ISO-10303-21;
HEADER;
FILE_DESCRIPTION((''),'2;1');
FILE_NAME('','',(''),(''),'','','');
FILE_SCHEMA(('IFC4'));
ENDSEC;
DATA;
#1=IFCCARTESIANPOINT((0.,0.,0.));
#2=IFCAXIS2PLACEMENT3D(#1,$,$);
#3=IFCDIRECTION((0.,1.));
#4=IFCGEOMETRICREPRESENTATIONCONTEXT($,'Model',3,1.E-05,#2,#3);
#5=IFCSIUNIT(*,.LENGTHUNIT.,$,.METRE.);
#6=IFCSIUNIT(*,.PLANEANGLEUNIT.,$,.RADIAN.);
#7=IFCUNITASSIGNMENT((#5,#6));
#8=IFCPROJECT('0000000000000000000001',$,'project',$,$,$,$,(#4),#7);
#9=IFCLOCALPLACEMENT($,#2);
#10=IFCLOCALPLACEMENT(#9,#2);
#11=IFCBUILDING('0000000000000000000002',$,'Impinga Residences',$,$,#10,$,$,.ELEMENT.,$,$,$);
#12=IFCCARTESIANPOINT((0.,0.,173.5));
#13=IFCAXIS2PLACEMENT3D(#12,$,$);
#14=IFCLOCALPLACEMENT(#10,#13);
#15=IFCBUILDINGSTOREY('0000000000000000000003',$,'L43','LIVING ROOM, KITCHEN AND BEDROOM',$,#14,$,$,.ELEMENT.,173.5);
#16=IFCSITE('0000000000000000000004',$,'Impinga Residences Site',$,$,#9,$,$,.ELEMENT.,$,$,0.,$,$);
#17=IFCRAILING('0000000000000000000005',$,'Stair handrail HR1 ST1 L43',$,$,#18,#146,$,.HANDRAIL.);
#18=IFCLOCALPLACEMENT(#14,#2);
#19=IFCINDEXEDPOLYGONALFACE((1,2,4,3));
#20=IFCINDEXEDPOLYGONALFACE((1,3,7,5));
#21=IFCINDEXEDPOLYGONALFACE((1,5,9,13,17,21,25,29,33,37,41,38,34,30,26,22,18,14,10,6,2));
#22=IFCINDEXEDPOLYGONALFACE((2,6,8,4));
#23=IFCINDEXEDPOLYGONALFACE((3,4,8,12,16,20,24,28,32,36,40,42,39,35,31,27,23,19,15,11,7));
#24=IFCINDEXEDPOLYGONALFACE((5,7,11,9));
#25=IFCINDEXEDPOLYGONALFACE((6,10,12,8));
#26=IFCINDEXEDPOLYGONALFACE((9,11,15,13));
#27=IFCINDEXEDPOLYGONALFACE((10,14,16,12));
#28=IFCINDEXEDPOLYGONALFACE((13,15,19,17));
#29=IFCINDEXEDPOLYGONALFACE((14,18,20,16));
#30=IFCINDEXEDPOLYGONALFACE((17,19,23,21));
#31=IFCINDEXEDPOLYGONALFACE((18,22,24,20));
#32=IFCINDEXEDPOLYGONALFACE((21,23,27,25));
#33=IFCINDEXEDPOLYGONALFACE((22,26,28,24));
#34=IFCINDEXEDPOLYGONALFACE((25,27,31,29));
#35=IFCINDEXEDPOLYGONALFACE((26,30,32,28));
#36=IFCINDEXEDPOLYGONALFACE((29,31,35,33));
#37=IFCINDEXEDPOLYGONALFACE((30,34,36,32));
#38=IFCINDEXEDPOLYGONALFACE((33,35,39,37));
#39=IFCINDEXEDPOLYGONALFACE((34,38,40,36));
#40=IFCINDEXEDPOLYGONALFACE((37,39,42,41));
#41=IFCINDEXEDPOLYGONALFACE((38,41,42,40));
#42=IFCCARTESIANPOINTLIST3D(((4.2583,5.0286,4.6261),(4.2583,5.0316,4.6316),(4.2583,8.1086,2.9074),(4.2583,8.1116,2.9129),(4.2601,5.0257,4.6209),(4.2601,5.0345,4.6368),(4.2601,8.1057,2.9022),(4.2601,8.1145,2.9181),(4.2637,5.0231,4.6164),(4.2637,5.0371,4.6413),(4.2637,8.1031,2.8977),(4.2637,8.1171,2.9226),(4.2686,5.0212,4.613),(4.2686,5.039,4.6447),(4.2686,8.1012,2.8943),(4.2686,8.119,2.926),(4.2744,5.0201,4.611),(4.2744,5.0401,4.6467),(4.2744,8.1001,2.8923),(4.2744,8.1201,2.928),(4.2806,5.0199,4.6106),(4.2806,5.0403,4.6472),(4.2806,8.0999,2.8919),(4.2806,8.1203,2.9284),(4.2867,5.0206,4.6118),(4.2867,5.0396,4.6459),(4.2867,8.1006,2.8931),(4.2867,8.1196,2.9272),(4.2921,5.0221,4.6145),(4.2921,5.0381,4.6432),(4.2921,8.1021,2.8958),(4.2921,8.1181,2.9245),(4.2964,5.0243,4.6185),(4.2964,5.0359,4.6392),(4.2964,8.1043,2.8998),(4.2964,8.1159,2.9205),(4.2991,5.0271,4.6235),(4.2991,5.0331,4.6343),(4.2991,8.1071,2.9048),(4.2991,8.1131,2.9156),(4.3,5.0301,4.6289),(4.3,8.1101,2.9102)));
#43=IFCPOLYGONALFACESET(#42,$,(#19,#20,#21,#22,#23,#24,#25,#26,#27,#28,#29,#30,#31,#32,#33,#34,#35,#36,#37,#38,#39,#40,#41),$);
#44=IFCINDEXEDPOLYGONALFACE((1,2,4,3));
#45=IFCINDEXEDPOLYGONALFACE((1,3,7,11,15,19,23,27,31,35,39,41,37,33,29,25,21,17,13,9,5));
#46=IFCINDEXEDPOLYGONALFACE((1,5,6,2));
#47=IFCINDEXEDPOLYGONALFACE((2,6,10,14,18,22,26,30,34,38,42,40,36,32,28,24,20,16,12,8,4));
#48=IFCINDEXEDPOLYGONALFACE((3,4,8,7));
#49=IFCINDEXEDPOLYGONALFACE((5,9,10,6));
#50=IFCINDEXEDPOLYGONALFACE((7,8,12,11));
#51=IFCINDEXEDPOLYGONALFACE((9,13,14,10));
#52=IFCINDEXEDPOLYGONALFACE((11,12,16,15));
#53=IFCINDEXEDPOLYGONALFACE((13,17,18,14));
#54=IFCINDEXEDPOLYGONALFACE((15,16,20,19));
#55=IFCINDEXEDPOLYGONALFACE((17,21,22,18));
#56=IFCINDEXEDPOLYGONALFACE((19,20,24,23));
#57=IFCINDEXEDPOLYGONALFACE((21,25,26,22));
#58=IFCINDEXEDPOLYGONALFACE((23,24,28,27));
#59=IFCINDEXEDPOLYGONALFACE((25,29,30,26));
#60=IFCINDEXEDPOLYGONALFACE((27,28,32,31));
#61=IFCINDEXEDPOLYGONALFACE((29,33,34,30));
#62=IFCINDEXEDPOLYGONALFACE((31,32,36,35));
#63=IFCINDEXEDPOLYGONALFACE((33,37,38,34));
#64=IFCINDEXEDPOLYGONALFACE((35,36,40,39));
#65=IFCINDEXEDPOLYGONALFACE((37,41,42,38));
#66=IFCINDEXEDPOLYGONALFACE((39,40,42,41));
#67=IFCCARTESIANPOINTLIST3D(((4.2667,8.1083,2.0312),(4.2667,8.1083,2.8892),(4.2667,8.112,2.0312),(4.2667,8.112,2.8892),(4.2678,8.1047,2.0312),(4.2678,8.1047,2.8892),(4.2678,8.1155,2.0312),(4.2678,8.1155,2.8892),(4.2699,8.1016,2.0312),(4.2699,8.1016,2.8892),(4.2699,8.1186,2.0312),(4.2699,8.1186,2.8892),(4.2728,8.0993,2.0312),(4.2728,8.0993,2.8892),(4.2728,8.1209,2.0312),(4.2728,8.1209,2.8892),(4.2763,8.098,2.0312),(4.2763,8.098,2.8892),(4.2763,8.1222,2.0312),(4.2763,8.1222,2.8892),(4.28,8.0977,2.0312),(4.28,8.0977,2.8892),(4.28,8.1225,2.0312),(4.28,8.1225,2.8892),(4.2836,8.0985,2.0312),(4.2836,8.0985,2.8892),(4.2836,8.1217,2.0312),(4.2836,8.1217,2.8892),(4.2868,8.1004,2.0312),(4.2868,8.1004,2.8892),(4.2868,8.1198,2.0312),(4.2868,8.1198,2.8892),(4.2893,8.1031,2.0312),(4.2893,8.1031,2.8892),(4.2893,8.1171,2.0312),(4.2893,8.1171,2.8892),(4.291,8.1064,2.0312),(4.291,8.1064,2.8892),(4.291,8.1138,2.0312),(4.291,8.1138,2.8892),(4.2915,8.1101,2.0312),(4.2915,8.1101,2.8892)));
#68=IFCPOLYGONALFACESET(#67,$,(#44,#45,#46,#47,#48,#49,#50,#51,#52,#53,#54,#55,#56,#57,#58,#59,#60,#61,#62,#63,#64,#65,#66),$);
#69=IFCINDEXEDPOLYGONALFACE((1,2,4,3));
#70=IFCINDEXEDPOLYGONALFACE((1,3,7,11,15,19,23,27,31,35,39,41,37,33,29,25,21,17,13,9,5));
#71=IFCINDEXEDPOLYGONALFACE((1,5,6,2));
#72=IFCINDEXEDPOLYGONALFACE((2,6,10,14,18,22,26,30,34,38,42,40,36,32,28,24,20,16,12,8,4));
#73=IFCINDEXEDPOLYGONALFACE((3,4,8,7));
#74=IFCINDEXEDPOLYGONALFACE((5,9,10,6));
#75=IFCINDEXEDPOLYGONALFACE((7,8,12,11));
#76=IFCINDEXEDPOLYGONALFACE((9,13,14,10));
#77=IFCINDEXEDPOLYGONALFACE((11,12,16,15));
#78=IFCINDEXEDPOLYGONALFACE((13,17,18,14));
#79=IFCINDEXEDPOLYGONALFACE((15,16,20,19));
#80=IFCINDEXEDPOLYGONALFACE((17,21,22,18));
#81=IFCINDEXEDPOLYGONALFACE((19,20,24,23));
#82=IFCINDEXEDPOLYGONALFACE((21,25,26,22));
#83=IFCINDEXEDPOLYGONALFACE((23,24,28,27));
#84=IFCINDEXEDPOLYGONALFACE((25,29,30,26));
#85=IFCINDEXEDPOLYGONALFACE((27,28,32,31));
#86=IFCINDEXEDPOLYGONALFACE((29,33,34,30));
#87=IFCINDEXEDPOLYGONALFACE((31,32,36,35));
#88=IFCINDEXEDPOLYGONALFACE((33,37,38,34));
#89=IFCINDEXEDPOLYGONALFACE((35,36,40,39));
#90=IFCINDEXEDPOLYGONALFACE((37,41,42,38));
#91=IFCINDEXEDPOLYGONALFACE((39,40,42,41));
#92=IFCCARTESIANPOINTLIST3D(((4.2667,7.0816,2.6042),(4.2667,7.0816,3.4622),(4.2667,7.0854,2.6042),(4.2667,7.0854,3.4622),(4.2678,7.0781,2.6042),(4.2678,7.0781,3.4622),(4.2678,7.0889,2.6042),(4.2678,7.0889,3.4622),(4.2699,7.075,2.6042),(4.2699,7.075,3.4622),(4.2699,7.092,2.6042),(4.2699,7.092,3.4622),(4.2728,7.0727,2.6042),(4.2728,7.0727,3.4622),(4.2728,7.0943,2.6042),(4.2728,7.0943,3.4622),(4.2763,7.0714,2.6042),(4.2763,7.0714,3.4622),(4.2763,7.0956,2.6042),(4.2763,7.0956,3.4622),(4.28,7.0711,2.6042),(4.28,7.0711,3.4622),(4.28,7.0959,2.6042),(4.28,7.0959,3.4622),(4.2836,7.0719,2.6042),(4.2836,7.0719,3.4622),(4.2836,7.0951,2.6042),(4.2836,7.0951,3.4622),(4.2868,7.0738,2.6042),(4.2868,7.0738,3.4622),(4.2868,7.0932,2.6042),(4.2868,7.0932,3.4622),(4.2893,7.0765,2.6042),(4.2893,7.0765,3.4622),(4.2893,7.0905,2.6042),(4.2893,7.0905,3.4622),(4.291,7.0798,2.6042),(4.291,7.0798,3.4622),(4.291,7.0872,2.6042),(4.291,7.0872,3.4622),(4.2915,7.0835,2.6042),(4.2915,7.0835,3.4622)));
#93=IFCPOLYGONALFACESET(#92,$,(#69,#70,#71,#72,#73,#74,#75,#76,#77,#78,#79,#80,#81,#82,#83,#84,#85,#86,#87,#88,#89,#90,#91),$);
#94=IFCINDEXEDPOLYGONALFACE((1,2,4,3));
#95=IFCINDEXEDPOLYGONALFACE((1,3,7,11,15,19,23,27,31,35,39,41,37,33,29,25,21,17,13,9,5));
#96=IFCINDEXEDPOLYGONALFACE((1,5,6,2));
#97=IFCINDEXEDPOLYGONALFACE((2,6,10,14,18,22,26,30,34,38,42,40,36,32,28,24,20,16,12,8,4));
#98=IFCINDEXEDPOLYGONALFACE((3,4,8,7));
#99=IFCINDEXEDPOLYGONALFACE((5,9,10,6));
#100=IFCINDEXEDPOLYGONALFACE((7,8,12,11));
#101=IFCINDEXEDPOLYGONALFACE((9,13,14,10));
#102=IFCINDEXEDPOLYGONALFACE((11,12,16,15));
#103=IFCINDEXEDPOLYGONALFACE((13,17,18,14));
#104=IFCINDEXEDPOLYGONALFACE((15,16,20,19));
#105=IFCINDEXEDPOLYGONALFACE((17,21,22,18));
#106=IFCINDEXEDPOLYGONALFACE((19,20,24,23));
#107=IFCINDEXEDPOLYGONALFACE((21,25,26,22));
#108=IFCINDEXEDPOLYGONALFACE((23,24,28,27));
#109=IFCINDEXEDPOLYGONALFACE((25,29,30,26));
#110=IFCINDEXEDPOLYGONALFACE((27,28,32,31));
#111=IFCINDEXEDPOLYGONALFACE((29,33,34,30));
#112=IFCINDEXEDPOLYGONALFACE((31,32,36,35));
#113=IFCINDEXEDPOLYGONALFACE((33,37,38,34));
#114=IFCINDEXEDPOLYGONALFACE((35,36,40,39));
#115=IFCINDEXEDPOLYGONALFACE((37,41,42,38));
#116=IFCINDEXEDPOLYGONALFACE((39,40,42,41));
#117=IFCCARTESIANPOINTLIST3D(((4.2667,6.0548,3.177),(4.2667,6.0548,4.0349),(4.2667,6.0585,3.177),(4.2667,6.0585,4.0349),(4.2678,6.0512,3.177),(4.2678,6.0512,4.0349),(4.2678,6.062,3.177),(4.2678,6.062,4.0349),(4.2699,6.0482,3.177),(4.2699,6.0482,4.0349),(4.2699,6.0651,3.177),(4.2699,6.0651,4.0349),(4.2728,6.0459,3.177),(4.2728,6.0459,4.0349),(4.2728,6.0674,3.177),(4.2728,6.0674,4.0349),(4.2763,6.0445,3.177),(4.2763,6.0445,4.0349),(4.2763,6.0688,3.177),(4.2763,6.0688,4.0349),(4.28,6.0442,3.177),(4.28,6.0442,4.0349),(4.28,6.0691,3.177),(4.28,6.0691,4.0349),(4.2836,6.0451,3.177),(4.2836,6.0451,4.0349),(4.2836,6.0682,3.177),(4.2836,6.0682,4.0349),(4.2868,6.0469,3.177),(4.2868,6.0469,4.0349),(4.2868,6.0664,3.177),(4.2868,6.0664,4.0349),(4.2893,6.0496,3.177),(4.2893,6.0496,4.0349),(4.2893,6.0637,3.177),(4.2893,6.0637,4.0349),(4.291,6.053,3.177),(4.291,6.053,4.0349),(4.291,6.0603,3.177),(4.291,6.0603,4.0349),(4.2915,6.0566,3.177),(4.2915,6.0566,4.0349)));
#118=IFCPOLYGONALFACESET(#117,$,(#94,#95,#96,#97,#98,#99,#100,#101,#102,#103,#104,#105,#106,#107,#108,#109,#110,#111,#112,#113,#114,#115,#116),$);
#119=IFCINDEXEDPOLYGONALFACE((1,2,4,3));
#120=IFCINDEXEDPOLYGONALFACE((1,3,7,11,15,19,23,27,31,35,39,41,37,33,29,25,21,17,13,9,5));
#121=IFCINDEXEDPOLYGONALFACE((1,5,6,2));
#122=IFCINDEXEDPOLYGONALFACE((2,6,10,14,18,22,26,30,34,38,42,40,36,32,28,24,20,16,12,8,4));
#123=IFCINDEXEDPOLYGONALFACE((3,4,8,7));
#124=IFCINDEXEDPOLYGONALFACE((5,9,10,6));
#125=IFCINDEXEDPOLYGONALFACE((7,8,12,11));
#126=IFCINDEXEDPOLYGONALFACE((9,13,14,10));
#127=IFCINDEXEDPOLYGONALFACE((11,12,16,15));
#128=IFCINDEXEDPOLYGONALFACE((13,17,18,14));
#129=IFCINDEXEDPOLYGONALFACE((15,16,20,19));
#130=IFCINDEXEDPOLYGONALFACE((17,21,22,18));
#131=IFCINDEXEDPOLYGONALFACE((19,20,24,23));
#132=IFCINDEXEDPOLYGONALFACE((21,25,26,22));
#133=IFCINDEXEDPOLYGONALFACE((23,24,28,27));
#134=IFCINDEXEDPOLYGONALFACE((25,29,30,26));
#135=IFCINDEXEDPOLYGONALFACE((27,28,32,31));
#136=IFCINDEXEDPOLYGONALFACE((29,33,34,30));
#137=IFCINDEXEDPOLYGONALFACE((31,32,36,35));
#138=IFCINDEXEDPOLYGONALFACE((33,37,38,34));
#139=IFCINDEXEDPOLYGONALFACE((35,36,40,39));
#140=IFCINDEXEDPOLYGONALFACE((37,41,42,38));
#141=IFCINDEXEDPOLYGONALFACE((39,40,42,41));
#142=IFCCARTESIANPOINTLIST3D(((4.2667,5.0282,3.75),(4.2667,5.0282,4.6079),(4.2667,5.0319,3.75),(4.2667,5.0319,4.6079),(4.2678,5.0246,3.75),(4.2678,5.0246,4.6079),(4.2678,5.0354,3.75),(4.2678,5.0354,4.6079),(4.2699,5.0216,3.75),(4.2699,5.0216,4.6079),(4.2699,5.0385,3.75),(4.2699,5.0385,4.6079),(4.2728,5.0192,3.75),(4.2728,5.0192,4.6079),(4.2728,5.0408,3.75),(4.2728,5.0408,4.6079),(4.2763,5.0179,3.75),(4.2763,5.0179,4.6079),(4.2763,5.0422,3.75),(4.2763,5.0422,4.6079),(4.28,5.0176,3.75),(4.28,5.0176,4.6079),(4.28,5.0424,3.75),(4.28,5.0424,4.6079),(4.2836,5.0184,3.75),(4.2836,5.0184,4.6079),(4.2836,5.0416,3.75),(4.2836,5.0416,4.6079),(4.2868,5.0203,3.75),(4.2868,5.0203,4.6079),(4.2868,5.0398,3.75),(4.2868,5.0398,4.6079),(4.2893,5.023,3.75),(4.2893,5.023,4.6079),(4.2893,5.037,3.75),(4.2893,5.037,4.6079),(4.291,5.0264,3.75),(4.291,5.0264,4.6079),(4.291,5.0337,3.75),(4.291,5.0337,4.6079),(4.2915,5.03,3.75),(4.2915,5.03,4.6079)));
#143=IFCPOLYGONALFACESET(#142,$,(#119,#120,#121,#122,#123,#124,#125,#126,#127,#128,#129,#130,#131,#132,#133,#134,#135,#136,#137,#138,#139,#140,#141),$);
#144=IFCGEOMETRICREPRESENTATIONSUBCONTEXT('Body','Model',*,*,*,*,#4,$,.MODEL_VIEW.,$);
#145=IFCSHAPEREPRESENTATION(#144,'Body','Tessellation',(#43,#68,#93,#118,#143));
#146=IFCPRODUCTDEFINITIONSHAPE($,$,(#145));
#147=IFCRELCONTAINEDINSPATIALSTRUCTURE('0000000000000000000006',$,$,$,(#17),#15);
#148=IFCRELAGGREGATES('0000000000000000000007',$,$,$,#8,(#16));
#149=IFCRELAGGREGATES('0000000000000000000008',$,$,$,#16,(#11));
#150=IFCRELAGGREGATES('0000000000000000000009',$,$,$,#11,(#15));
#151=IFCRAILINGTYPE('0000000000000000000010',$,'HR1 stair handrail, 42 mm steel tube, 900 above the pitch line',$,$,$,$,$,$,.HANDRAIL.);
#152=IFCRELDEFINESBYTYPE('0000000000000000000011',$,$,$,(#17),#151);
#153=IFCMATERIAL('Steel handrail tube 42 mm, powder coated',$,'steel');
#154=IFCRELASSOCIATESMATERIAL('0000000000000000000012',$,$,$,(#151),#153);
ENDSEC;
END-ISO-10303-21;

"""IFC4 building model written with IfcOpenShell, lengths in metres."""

from ifc_helpers import new_model, si_unit, direction, frame, origin, origin_2d, place, context, subcontext, project, spatial, circle, extrude, material, type_object, element, save


model = new_model("IFC4")

# Units and contexts
model_context = context("Model", 3, precision=1e-05, world=origin(), true_north=direction((0.0, 1.0)))
body_context = subcontext(model_context, "Body", "Model", "MODEL_VIEW")
ifc_project = project(units=[si_unit("LENGTHUNIT", "METRE"), si_unit("PLANEANGLEUNIT", "RADIAN")], contexts=[model_context])

# Site, building, storey
site_placement = place(None, origin())
site = spatial("IfcSite", under=ifc_project, at=site_placement, Name="Impinga Residences Site", CompositionType="ELEMENT", RefElevation=0.0)
building_placement = place(site_placement, origin())
building = spatial("IfcBuilding", under=site, at=building_placement, Name="Impinga Residences", CompositionType="ELEMENT")
storey_placement = place(building_placement, frame((0.0, 0.0, 173.5)))
storey = spatial("IfcBuildingStorey", under=building, at=storey_placement, Name="L43", Description="LIVING ROOM, KITCHEN AND BEDROOM", CompositionType="ELEMENT", Elevation=173.5)

# Railing
ifc_material_1 = material(Name="Steel handrail tube 42 mm, powder coated", Category="steel")
railing_type_1 = type_object("IfcRailingType", Name="HR1 stair handrail, 42 mm steel tube, 900 above the pitch line", PredefinedType="HANDRAIL", material=ifc_material_1)
railing_1_placement = place(storey_placement, frame((4.2791, 8.1101, 2.0312)))
element("IfcRailing", 1, at=railing_1_placement, inside=storey, type_object=railing_type_1, Name="Stair handrail HR1 ST1 L43", PredefinedType="HANDRAIL", context=body_context, shape_type="SweptSolid", body=[
    extrude(circle(Radius=0.021, at=origin_2d()), frame((0.0, 0.0, 0.8789), z_axis=(0.0, -0.873242, 0.487288), x_axis=(1.0, 0.0, 0.0)), (0.0, 0.0, 1.0), 3.5271),
    extrude(circle(Radius=0.0125, at=origin_2d()), origin(), (0.0, 0.0, 1.0), 0.8579),
    extrude(circle(Radius=0.0125, at=origin_2d()), frame((0.0, -1.0266, 0.573)), (0.0, 0.0, 1.0), 0.8579),
    extrude(circle(Radius=0.0125, at=origin_2d()), frame((0.0, -2.0535, 1.1458)), (0.0, 0.0, 1.0), 0.8579),
    extrude(circle(Radius=0.0125, at=origin_2d()), frame((0.0, -3.0801, 1.7188)), (0.0, 0.0, 1.0), 0.8579),
])

save(model, "model.ifc")
